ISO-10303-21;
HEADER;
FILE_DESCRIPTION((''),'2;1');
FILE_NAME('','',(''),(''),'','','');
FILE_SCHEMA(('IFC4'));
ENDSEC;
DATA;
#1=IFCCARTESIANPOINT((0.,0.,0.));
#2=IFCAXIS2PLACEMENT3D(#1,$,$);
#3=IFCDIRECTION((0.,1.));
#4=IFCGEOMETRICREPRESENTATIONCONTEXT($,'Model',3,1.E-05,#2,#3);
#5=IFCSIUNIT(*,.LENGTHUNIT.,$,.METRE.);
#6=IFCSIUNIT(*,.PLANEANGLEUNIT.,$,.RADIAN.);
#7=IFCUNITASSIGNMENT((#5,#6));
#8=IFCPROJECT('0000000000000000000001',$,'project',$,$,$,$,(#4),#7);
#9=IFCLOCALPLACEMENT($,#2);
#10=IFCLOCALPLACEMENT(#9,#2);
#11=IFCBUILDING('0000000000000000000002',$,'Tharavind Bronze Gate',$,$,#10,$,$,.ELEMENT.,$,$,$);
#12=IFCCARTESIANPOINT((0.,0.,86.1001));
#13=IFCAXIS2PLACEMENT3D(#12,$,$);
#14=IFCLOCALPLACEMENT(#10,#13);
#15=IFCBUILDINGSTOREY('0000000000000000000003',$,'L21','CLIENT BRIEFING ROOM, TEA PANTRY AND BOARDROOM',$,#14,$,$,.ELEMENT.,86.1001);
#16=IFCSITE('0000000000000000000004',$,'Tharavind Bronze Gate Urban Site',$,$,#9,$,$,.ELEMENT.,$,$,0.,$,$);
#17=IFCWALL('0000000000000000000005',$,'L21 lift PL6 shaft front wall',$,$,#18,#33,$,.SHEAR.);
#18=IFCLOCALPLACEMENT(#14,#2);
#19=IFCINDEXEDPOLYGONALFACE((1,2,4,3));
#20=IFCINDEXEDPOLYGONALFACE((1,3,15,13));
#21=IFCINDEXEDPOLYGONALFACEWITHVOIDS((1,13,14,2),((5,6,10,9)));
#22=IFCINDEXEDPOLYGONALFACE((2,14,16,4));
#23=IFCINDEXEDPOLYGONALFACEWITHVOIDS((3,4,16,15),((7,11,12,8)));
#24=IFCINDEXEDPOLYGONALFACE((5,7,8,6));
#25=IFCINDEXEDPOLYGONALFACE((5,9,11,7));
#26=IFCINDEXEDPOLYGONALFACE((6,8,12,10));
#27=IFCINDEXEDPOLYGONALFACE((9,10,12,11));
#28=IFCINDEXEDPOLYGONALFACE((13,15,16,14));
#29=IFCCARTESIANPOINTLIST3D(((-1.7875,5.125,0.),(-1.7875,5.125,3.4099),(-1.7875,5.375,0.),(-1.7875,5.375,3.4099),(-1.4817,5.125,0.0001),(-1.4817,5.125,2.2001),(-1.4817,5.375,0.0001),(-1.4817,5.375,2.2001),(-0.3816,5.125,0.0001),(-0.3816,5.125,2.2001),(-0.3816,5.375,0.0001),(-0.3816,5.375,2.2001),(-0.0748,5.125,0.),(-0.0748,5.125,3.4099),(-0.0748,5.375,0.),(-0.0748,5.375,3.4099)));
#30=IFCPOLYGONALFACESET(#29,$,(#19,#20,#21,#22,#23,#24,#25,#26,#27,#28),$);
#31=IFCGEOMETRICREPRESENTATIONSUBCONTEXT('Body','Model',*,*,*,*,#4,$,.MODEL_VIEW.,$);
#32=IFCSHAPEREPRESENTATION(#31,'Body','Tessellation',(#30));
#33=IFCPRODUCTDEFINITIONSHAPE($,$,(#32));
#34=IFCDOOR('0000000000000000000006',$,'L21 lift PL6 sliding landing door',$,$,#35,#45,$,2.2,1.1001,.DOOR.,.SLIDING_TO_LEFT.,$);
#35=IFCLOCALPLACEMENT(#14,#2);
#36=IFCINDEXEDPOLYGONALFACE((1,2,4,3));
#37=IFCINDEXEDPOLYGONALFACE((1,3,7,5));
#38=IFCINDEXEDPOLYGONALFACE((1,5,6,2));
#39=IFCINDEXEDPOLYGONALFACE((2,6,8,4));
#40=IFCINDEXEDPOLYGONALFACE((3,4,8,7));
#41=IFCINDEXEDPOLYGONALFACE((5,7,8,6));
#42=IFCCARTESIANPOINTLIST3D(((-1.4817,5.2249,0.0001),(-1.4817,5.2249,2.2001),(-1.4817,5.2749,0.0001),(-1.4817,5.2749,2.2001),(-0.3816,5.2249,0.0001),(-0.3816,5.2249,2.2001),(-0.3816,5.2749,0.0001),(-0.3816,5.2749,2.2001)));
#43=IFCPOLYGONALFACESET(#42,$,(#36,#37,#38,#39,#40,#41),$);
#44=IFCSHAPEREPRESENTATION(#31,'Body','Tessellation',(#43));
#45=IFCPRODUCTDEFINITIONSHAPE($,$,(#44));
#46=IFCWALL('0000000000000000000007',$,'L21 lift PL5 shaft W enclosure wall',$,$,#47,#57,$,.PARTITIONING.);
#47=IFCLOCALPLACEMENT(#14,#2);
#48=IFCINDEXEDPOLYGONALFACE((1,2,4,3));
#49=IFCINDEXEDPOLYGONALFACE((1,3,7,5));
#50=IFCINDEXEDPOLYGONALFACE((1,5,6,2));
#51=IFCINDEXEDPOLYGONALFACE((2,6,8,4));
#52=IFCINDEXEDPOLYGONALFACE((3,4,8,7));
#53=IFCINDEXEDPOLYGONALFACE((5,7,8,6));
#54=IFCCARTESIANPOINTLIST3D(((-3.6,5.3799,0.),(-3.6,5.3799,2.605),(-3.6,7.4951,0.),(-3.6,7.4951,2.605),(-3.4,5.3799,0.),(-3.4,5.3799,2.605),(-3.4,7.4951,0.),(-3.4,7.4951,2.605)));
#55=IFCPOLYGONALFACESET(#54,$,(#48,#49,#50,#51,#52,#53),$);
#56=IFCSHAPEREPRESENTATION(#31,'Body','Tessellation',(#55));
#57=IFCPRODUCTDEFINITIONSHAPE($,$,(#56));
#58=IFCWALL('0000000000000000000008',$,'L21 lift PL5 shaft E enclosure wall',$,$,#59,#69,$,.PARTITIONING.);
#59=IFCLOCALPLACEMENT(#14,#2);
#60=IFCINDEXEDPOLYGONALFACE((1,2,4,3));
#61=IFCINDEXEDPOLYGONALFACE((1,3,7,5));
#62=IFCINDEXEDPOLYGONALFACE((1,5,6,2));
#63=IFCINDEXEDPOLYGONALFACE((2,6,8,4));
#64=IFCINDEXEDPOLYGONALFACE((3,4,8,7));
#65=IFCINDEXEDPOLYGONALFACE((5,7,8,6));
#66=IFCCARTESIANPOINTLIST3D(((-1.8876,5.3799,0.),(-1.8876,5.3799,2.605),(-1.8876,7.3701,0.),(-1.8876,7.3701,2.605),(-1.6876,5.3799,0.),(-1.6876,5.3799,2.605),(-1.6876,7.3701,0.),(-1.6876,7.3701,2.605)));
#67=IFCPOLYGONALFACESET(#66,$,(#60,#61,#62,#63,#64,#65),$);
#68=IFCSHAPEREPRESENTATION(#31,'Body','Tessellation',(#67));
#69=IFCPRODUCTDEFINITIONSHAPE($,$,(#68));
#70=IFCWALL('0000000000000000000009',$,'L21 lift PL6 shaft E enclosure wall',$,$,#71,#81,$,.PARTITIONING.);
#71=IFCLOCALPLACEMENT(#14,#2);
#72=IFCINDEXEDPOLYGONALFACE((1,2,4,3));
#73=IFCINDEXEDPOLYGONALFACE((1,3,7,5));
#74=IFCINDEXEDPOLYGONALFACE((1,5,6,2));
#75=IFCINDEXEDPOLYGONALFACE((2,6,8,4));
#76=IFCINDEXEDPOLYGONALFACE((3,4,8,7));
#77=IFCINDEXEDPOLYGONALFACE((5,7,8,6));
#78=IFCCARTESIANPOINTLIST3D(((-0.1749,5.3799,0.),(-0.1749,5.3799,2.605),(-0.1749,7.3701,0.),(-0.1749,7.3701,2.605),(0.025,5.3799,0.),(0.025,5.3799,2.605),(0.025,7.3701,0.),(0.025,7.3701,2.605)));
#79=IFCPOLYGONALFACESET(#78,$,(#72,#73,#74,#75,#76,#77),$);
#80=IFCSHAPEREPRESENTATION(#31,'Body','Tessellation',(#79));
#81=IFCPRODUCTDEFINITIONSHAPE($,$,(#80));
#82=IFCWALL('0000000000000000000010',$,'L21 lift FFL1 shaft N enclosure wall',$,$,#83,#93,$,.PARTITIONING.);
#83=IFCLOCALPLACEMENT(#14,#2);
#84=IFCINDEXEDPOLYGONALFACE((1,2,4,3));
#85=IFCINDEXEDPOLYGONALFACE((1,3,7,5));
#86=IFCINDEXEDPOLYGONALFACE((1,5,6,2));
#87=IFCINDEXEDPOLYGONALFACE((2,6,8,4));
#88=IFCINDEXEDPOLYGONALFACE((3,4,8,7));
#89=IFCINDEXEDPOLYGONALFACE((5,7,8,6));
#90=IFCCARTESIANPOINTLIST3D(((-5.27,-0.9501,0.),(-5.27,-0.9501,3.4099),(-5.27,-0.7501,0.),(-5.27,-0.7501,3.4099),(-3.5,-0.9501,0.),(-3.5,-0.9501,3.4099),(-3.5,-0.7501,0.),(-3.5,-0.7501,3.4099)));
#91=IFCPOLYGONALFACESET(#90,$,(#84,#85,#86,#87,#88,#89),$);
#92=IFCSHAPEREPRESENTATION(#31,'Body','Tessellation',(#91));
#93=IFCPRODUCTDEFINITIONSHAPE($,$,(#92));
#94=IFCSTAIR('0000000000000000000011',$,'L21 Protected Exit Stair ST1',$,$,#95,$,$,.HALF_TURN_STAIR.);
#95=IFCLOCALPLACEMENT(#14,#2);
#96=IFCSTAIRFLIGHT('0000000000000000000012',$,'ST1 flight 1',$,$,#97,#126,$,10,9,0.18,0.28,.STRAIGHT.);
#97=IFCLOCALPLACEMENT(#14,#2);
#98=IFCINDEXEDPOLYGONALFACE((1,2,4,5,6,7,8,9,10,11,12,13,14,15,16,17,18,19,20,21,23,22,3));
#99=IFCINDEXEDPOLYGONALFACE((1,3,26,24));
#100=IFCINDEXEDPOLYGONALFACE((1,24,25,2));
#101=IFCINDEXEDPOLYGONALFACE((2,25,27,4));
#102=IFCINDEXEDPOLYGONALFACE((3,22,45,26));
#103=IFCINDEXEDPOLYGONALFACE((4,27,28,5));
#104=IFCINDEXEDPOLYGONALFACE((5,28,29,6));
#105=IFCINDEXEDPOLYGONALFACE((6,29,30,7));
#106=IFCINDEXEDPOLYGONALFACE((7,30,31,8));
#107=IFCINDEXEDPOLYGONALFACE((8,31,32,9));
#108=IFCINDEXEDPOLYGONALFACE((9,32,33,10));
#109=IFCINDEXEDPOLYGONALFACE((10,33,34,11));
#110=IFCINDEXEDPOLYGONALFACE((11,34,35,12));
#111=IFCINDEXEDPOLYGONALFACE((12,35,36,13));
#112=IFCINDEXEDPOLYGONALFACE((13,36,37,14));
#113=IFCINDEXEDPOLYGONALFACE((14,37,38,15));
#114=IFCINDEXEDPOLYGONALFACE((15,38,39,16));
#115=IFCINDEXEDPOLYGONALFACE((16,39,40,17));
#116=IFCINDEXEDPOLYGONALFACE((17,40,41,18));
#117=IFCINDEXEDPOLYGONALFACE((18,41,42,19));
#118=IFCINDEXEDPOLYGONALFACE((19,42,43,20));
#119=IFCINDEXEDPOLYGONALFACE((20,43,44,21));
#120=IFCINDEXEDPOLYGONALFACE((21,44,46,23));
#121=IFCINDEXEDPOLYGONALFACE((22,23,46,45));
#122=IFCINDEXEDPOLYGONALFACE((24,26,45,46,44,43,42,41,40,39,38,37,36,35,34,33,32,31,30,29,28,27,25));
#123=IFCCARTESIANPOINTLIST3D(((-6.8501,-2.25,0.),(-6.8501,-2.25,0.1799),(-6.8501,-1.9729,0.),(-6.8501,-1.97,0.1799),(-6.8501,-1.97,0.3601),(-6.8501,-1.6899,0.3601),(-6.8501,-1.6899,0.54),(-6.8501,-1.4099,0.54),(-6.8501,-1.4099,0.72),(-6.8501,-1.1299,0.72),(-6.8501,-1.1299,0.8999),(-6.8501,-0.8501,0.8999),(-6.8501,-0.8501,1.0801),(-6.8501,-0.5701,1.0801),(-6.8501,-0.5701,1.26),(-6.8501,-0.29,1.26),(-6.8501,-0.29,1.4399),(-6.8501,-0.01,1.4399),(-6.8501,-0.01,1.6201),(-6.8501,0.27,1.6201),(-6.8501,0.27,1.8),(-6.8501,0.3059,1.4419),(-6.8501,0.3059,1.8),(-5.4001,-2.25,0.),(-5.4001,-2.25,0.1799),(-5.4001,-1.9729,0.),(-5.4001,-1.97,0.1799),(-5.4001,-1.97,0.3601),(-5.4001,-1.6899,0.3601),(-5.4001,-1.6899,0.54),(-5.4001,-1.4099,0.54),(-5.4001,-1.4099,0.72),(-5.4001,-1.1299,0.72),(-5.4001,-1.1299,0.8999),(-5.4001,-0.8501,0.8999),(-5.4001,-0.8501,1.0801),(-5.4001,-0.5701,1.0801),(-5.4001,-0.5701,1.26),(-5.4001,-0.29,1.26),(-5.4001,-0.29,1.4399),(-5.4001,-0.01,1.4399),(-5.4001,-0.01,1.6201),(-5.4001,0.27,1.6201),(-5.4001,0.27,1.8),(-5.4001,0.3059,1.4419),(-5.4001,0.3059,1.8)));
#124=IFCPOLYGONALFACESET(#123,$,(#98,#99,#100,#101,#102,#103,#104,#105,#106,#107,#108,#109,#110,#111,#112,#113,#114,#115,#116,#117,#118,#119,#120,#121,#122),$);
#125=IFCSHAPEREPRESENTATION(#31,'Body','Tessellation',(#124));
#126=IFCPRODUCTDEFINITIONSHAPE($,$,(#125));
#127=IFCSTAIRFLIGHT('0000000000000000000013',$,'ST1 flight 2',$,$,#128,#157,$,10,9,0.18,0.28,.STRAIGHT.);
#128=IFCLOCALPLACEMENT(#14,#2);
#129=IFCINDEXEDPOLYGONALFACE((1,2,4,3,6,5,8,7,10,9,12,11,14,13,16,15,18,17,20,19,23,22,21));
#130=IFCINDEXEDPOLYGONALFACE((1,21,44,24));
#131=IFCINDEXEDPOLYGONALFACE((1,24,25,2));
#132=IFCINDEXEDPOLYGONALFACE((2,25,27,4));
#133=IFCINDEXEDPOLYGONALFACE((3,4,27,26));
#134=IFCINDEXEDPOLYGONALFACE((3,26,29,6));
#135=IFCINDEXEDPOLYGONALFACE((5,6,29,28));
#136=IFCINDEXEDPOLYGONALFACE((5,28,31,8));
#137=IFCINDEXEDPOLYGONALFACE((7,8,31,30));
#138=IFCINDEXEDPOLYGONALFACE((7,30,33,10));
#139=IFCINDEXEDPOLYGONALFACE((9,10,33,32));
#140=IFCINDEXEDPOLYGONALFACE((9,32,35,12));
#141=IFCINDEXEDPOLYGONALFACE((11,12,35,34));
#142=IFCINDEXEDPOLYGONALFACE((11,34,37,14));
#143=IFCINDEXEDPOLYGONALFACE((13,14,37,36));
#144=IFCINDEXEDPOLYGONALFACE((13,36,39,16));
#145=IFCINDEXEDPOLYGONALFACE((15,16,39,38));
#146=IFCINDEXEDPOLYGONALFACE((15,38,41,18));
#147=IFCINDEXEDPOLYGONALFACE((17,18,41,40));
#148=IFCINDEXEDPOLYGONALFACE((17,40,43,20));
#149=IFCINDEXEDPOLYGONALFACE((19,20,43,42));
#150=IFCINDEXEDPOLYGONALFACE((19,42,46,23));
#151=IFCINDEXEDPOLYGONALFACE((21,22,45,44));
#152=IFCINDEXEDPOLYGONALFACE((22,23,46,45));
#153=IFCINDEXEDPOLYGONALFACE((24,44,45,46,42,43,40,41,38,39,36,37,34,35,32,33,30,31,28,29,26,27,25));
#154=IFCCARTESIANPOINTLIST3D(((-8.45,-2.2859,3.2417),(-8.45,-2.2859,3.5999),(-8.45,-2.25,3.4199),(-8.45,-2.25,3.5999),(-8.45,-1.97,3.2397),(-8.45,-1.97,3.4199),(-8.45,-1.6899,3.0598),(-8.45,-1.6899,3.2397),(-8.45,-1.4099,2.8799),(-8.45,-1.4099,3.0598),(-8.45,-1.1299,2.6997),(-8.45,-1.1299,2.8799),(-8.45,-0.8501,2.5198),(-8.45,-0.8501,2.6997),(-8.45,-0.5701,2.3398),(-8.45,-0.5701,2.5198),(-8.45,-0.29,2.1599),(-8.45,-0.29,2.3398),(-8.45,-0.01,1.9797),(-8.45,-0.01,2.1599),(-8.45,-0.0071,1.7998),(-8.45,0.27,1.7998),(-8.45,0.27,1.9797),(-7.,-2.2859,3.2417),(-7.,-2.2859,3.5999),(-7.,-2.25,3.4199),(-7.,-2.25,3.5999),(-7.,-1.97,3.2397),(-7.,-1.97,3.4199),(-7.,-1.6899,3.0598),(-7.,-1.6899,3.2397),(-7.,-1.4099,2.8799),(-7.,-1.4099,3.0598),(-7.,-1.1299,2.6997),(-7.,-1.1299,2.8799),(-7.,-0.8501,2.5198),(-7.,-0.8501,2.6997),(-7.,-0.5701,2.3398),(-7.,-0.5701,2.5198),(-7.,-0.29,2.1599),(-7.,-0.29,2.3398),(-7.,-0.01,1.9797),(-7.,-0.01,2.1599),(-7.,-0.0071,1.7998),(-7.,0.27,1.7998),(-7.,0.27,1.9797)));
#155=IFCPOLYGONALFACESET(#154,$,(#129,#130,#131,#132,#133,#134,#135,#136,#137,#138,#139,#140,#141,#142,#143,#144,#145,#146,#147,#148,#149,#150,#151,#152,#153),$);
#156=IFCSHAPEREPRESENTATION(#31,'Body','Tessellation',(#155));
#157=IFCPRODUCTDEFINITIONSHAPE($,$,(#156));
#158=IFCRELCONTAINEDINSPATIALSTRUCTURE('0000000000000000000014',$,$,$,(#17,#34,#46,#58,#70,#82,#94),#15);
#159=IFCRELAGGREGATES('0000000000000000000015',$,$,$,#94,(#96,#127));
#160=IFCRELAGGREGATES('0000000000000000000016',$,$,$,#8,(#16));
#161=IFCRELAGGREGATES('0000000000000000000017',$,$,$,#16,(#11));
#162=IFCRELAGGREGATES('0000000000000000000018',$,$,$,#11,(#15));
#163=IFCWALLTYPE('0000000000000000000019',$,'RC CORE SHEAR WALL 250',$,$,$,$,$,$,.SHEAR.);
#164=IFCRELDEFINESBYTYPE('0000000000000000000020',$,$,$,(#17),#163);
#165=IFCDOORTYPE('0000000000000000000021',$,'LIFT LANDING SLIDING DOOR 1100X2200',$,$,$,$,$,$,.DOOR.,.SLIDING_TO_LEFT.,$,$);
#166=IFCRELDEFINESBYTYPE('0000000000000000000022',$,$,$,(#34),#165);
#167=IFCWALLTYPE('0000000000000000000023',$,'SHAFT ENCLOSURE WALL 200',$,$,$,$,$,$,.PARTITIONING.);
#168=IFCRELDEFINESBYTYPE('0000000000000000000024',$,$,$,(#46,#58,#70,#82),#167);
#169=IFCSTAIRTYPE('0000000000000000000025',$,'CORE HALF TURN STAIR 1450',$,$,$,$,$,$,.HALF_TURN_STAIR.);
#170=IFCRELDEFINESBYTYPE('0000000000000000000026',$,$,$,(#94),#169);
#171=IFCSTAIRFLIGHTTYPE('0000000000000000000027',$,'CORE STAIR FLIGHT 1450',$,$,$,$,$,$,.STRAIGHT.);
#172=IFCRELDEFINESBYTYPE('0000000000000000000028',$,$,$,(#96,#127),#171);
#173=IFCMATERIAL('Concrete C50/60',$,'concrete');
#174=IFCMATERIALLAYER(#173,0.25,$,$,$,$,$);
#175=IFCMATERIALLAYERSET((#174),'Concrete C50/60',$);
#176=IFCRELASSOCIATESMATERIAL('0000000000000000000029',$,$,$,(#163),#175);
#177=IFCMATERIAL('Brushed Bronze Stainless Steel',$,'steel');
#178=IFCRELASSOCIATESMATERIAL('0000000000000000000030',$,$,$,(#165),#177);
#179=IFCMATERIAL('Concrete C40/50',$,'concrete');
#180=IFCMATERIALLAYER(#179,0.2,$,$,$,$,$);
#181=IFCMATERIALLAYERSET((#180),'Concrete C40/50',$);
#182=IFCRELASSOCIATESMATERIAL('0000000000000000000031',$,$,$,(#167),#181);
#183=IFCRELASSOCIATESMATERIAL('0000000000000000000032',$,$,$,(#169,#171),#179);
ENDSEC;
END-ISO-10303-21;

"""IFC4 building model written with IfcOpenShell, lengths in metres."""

from ifc_helpers import new_model, si_unit, direction, frame, frame_2d, origin, place, context, subcontext, project, spatial, polyline, rectangle, outline, extrude, material, layer, layer_set, type_object, element, fill, aggregate, save


model = new_model("IFC4")

# Units and contexts
model_context = context("Model", 3, precision=1e-05, world=origin(), true_north=direction((0.0, 1.0)))
body_context = subcontext(model_context, "Body", "Model", "MODEL_VIEW")
ifc_project = project(units=[si_unit("LENGTHUNIT", "METRE"), si_unit("PLANEANGLEUNIT", "RADIAN")], contexts=[model_context])

# Site, building, storey
site_placement = place(None, origin())
site = spatial("IfcSite", under=ifc_project, at=site_placement, Name="Tharavind Bronze Gate Urban Site", CompositionType="ELEMENT", RefElevation=0.0)
building_placement = place(site_placement, origin())
building = spatial("IfcBuilding", under=site, at=building_placement, Name="Tharavind Bronze Gate", CompositionType="ELEMENT")
storey_placement = place(building_placement, frame((0.0, 0.0, 86.1001)))
storey = spatial("IfcBuildingStorey", under=building, at=storey_placement, Name="L21", Description="CLIENT BRIEFING ROOM, TEA PANTRY AND BOARDROOM", CompositionType="ELEMENT", Elevation=86.1001)

# Wall, opening, door
ifc_material_1 = material(Name="Concrete C50/60", Category="concrete")
ifc_layer_1 = layer(ifc_material_1, 0.25)
ifc_layer_set_1 = layer_set([ifc_layer_1], Name="Concrete C50/60")
wall_type_1 = type_object("IfcWallType", Name="RC CORE SHEAR WALL 250", PredefinedType="SHEAR", material=ifc_layer_set_1)
ifc_material_2 = material(Name="Brushed Bronze Stainless Steel", Category="steel")
door_type_1 = type_object("IfcDoorType", Name="LIFT LANDING SLIDING DOOR 1100X2200", OperationType="SLIDING_TO_LEFT", PredefinedType="DOOR", material=ifc_material_2)
wall_1_placement = place(storey_placement, frame((-1.7876, 5.25, 0.0), z_axis=(0.0, 0.0, 1.0), x_axis=(1.0, 0.0, 0.0)))
wall_1 = element("IfcWall", 1, at=wall_1_placement, inside=storey, type_object=wall_type_1, Name="L21 lift PL6 shaft front wall", PredefinedType="SHEAR", context=body_context, shape_type="SweptSolid", body=[
    extrude(rectangle(XDim=1.7126, YDim=0.25, at=frame_2d((0.8564, 0.0))), origin(), (0.0, 0.0, 1.0), 3.4099),
])
opening_1_placement = place(wall_1_placement, frame((0.3059, 0.0, 0.0)))
opening_1 = element("IfcOpeningElement", 2, at=opening_1_placement, cuts=wall_1, PredefinedType="OPENING", context=body_context, shape_type="SweptSolid", body=[
    extrude(rectangle(XDim=1.1001, YDim=2.2, at=frame_2d((0.55, 1.1001))), frame((0.0, 0.135, 0.0), z_axis=(0.0, -1.0, 0.0), x_axis=(1.0, 0.0, 0.0)), (0.0, 0.0, 1.0), 0.27),
])
door_1_placement = place(opening_1_placement, origin())
door_1 = element("IfcDoor", 3, at=door_1_placement, inside=storey, type_object=door_type_1, Name="L21 lift PL6 sliding landing door", OperationType="SLIDING_TO_LEFT", OverallHeight=2.2, OverallWidth=1.1001, PredefinedType="DOOR", context=body_context, shape_type="SweptSolid", body=[
    extrude(rectangle(XDim=1.1001, YDim=2.2, at=frame_2d((0.55, 1.1001))), frame((0.0, 0.0249, 0.0), z_axis=(0.0, -1.0, 0.0), x_axis=(1.0, 0.0, 0.0)), (0.0, 0.0, 1.0), 0.05),
])
fill(opening_1, door_1)

# Walls
ifc_material_3 = material(Name="Concrete C40/50", Category="concrete")
ifc_layer_2 = layer(ifc_material_3, 0.2)
ifc_layer_set_2 = layer_set([ifc_layer_2], Name="Concrete C40/50")
wall_type_2 = type_object("IfcWallType", Name="SHAFT ENCLOSURE WALL 200", PredefinedType="PARTITIONING", material=ifc_layer_set_2)
wall_2_placement = place(storey_placement, frame((-3.5, 5.3799, 0.0), z_axis=(0.0, 0.0, 1.0), x_axis=(0.0, 1.0, 0.0)))
element("IfcWall", 4, at=wall_2_placement, inside=storey, type_object=wall_type_2, Name="L21 lift PL5 shaft W enclosure wall", PredefinedType="PARTITIONING", context=body_context, shape_type="SweptSolid", body=[
    extrude(rectangle(XDim=2.1152, YDim=0.2, at=frame_2d((1.0576, 0.0))), origin(), (0.0, 0.0, 1.0), 2.605),
])
for number, where, z_axis, x_axis, name in (
    (5, (-1.7876, 5.3799, 0.0), (0.0, 0.0, 1.0), (0.0, 1.0, 0.0), "L21 lift PL5 shaft E enclosure wall"),
    (6, (-0.075, 5.3799, 0.0), (0.0, 0.0, 1.0), (0.0, 1.0, 0.0), "L21 lift PL6 shaft E enclosure wall"),
):
    element("IfcWall", number, at=place(storey_placement, frame(where, z_axis=z_axis, x_axis=x_axis)), inside=storey, type_object=wall_type_2, Name=name, PredefinedType="PARTITIONING", context=body_context, shape_type="SweptSolid", body=[
        extrude(rectangle(XDim=1.9902, YDim=0.2, at=frame_2d((0.9951, 0.0))), origin(), (0.0, 0.0, 1.0), 2.605),
    ])
wall_3_placement = place(storey_placement, frame((-5.27, -0.8501, 0.0), z_axis=(0.0, 0.0, 1.0), x_axis=(1.0, 0.0, 0.0)))
element("IfcWall", 7, at=wall_3_placement, inside=storey, type_object=wall_type_2, Name="L21 lift FFL1 shaft N enclosure wall", PredefinedType="PARTITIONING", context=body_context, shape_type="SweptSolid", body=[
    extrude(rectangle(XDim=1.77, YDim=0.2, at=frame_2d((0.885, 0.0))), origin(), (0.0, 0.0, 1.0), 3.4099),
])

# Stair, stair flights
stair_type = type_object("IfcStairType", Name="CORE HALF TURN STAIR 1450", PredefinedType="HALF_TURN_STAIR", material=ifc_material_3)
stair_placement = place(storey_placement, origin())
stair = element("IfcStair", 8, at=stair_placement, inside=storey, type_object=stair_type, Name="L21 Protected Exit Stair ST1", PredefinedType="HALF_TURN_STAIR")
stair_flight_type = type_object("IfcStairFlightType", Name="CORE STAIR FLIGHT 1450", PredefinedType="STRAIGHT", material=ifc_material_3)
stair_flight_1_placement = place(storey_placement, frame((-6.125, -2.25, 0.0), z_axis=(0.0, 0.0, 1.0), x_axis=(0.0, 1.0, 0.0)))
stair_flight_1 = element("IfcStairFlight", 9, at=stair_flight_1_placement, type_object=stair_flight_type, Name="ST1 flight 1", NumberOfRisers=10, NumberOfTreads=9, PredefinedType="STRAIGHT", RiserHeight=0.18, TreadLength=0.28, context=body_context, shape_type="SweptSolid", body=[
    extrude(outline(polyline([(0.0, 0.0), (0.0, 0.1799), (0.28, 0.1799), (0.28, 0.3601), (0.5601, 0.3601), (0.5601, 0.54), (0.8401, 0.54), (0.8401, 0.72), (1.1201, 0.72), (1.1201, 0.8999), (1.3999, 0.8999), (1.3999, 1.0801), (1.6799, 1.0801), (1.6799, 1.26), (1.96, 1.26), (1.96, 1.4399), (2.24, 1.4399), (2.24, 1.6201), (2.52, 1.6201), (2.52, 1.8), (2.5559, 1.8), (2.5559, 1.4419), (0.2771, 0.0), (0.0, 0.0)])), frame((0.0, 0.7251, 0.0), z_axis=(0.0, -1.0, 0.0), x_axis=(1.0, 0.0, 0.0)), (0.0, 0.0, 1.0), 1.45),
])
stair_flight_2_placement = place(storey_placement, frame((-7.7251, 0.27, 1.7998), z_axis=(0.0, 0.0, 1.0), x_axis=(0.0, -1.0, 0.0)))
stair_flight_2 = element("IfcStairFlight", 10, at=stair_flight_2_placement, type_object=stair_flight_type, Name="ST1 flight 2", NumberOfRisers=10, NumberOfTreads=9, PredefinedType="STRAIGHT", RiserHeight=0.18, TreadLength=0.28, context=body_context, shape_type="SweptSolid", body=[
    extrude(outline(polyline([(0.0, 0.0), (0.0, 0.1799), (0.28, 0.1799), (0.28, 0.3601), (0.5601, 0.3601), (0.5601, 0.54), (0.8401, 0.54), (0.8401, 0.72), (1.1201, 0.72), (1.1201, 0.8999), (1.3999, 0.8999), (1.3999, 1.0801), (1.6799, 1.0801), (1.6799, 1.26), (1.96, 1.26), (1.96, 1.4399), (2.24, 1.4399), (2.24, 1.6201), (2.52, 1.6201), (2.52, 1.8), (2.5559, 1.8), (2.5559, 1.4419), (0.2771, 0.0), (0.0, 0.0)])), frame((0.0, 0.7251, 0.0), z_axis=(0.0, -1.0, 0.0), x_axis=(1.0, 0.0, 0.0)), (0.0, 0.0, 1.0), 1.45),
])
aggregate(stair, [stair_flight_1, stair_flight_2])

save(model, "model.ifc")
